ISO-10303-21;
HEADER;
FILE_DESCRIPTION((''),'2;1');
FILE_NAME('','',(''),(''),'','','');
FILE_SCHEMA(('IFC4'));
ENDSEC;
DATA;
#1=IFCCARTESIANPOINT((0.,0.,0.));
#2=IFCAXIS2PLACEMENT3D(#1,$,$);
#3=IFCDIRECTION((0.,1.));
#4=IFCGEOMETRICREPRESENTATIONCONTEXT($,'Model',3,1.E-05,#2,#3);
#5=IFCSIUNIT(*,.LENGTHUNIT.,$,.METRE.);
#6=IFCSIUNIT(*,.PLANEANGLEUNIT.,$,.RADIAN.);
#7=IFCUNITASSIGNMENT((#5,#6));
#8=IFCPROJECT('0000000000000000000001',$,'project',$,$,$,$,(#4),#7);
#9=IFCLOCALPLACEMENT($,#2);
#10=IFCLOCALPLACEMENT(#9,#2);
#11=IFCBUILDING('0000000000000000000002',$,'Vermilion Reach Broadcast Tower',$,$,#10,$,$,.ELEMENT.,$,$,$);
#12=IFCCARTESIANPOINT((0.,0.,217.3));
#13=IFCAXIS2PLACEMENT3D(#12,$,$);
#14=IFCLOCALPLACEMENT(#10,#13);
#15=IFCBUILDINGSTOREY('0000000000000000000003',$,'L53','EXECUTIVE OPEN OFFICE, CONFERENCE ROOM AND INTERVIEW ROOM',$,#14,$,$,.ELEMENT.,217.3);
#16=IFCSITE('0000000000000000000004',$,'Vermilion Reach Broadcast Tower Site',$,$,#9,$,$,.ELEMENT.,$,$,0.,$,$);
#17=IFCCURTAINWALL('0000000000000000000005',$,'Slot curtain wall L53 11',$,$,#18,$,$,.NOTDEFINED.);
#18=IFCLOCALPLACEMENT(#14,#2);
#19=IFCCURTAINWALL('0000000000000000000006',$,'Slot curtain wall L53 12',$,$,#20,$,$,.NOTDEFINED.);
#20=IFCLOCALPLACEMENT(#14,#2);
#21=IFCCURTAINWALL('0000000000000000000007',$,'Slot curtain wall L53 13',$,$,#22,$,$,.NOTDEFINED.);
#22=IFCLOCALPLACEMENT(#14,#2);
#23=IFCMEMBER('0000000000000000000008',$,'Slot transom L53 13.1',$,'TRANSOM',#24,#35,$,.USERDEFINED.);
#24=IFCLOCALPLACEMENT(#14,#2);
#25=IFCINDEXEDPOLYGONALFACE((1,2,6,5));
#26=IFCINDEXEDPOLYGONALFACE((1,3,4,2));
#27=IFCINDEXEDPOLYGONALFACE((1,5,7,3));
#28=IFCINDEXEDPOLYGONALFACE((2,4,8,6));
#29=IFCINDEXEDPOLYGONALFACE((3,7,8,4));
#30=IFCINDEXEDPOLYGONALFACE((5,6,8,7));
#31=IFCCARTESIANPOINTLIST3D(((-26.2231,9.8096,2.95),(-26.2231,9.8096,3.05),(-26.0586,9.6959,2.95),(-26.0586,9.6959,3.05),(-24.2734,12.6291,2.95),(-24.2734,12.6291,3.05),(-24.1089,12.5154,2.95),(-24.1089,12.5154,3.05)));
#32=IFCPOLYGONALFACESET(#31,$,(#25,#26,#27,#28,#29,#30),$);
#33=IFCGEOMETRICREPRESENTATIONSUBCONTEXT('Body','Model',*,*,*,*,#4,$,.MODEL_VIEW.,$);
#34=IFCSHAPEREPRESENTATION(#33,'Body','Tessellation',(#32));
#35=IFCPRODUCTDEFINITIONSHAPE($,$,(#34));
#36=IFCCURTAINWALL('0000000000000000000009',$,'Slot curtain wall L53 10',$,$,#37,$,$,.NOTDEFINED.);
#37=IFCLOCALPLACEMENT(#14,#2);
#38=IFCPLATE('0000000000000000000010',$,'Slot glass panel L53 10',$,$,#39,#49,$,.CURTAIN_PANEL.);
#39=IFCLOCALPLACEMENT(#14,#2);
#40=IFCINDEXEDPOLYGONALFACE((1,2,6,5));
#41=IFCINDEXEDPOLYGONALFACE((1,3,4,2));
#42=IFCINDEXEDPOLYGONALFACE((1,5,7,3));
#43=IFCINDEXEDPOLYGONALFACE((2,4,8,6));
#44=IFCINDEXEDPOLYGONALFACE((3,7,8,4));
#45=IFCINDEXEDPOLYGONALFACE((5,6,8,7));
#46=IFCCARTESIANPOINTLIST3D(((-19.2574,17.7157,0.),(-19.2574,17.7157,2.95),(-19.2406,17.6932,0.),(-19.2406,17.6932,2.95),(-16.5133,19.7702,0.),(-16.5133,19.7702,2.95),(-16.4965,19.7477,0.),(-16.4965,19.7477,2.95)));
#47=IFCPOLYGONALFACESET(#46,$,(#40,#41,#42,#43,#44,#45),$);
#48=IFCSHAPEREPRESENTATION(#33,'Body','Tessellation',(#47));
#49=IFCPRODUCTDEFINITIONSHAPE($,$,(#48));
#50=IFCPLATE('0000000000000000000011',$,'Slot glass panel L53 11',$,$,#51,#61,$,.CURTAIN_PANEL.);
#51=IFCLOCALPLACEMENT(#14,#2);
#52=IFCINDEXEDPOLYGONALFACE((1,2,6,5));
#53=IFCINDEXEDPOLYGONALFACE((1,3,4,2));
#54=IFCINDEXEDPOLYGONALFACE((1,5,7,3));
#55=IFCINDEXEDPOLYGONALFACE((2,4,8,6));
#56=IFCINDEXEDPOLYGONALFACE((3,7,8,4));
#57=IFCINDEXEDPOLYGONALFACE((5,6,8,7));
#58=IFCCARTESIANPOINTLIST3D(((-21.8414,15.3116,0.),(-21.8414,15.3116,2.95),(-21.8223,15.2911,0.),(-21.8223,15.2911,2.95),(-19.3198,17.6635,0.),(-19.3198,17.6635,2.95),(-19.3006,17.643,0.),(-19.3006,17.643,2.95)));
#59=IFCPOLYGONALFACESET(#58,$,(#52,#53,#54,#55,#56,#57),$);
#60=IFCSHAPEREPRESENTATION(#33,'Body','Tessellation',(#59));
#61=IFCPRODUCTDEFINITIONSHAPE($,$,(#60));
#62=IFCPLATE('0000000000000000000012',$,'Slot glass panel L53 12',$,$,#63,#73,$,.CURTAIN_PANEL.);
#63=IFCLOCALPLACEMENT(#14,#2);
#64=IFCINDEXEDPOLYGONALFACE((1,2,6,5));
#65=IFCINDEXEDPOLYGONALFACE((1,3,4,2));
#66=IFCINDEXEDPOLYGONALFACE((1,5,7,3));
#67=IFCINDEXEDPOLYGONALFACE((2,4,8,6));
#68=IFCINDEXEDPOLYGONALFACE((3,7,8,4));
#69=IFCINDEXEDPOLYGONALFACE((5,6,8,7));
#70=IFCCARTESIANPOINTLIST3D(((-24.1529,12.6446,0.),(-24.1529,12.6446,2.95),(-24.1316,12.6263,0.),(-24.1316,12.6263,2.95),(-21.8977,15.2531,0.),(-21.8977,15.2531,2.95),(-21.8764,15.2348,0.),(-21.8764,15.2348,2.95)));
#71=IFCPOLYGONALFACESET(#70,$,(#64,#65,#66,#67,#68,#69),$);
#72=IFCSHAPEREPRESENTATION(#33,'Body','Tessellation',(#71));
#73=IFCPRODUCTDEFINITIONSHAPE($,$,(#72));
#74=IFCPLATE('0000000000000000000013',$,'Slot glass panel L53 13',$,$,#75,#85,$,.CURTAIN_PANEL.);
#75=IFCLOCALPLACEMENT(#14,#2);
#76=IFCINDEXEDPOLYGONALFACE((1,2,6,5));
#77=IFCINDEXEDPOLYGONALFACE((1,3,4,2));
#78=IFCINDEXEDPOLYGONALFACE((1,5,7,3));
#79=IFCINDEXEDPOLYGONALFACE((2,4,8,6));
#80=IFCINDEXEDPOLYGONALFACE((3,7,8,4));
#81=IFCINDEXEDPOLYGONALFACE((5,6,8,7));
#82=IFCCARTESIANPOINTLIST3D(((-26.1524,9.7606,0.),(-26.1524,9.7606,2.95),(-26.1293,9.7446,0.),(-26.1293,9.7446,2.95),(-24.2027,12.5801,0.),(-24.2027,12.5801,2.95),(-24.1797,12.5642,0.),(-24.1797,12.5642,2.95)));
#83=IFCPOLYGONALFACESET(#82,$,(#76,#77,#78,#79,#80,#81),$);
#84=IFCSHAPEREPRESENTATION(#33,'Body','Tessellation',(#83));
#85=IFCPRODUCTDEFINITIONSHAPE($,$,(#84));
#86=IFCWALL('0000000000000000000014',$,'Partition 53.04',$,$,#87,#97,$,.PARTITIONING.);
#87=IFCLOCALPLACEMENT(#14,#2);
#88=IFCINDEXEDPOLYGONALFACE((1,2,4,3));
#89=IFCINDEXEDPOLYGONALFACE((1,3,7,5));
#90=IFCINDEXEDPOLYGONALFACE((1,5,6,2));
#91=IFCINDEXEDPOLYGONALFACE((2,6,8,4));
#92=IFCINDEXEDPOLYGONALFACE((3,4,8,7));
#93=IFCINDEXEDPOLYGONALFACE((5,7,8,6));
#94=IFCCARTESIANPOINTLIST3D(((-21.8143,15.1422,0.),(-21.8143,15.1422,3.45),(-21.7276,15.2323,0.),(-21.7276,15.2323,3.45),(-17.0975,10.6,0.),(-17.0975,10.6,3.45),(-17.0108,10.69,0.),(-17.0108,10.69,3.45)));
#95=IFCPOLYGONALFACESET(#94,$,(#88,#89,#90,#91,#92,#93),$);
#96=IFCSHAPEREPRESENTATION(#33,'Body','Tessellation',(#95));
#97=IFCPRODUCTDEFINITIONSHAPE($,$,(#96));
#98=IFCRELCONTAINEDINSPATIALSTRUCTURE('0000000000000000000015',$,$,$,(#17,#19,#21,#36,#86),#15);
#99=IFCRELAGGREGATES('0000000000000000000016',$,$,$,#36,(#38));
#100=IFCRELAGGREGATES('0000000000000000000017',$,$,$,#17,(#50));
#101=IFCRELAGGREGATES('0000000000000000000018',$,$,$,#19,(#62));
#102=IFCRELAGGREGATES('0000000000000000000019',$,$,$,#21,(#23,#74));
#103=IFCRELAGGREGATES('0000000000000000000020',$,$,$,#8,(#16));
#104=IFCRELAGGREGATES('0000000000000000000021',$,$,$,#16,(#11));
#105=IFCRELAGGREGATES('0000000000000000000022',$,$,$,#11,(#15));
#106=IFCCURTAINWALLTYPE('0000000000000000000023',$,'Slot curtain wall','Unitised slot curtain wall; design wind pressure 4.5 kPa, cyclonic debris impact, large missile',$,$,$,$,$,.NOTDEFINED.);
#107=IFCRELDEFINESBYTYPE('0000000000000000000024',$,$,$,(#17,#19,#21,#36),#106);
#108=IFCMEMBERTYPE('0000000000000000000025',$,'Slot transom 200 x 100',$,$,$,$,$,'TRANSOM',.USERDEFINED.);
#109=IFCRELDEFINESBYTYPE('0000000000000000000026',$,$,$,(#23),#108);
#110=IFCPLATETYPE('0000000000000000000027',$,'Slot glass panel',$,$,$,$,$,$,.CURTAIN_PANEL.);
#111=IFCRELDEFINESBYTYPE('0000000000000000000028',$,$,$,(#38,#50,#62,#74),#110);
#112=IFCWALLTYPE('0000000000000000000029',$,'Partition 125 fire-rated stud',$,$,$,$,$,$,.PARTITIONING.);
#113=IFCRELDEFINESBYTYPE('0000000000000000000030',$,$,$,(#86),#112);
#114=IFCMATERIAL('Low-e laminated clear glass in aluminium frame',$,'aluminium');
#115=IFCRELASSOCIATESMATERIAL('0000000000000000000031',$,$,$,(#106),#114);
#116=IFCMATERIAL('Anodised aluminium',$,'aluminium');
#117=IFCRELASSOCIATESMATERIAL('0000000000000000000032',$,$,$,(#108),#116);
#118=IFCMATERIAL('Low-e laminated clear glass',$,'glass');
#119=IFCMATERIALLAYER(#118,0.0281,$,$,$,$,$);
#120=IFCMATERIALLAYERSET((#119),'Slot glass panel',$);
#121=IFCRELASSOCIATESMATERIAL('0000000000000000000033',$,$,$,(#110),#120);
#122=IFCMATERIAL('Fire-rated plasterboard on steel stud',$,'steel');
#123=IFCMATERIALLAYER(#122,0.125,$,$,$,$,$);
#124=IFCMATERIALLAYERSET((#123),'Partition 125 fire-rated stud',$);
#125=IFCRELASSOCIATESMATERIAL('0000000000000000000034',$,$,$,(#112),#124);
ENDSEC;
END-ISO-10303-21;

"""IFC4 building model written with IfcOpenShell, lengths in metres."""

from ifc_helpers import new_model, si_unit, direction, frame, frame_2d, origin, origin_2d, place, context, subcontext, project, spatial, rectangle, extrude, material, layer, layer_set, material_profile, profile_set, type_object, element, aggregate, save


model = new_model("IFC4")

# Units and contexts
model_context = context("Model", 3, precision=1e-05, world=origin(), true_north=direction((0.0, 1.0)))
body_context = subcontext(model_context, "Body", "Model", "MODEL_VIEW")
ifc_project = project(units=[si_unit("LENGTHUNIT", "METRE"), si_unit("PLANEANGLEUNIT", "RADIAN")], contexts=[model_context])

# Site, building, storey
site_placement = place(None, origin())
site = spatial("IfcSite", under=ifc_project, at=site_placement, Name="Vermilion Reach Broadcast Tower Site", CompositionType="ELEMENT", RefElevation=0.0)
building_placement = place(site_placement, origin())
building = spatial("IfcBuilding", under=site, at=building_placement, Name="Vermilion Reach Broadcast Tower", CompositionType="ELEMENT")
storey_placement = place(building_placement, frame((0.0, 0.0, 217.3)))
storey = spatial("IfcBuildingStorey", under=building, at=storey_placement, Name="L53", Description="EXECUTIVE OPEN OFFICE, CONFERENCE ROOM AND INTERVIEW ROOM", CompositionType="ELEMENT", Elevation=217.3)

# Curtain walls
ifc_material_1 = material(Name="Low-e laminated clear glass in aluminium frame", Category="aluminium")
curtain_wall_type = type_object("IfcCurtainWallType", Name="Slot curtain wall", Description="Unitised slot curtain wall; design wind pressure 4.5 kPa, cyclonic debris impact, large missile", PredefinedType="NOTDEFINED", material=ifc_material_1)
placement = place(storey_placement, origin())
curtain_wall_1 = element("IfcCurtainWall", 1, at=placement, inside=storey, type_object=curtain_wall_type, Name="Slot curtain wall L53 11", PredefinedType="NOTDEFINED")
curtain_wall_2 = element("IfcCurtainWall", 2, at=placement, inside=storey, type_object=curtain_wall_type, Name="Slot curtain wall L53 12", PredefinedType="NOTDEFINED")
curtain_wall_3 = element("IfcCurtainWall", 3, at=placement, inside=storey, type_object=curtain_wall_type, Name="Slot curtain wall L53 13", PredefinedType="NOTDEFINED")

# Member
ifc_material_2 = material(Name="Anodised aluminium", Category="aluminium")
ifc_material_profile_1 = material_profile(ifc_material_2, rectangle(XDim=0.2, YDim=0.1001, at=origin_2d()), Name="Slot transom 200 x 100")
ifc_profile_set_1 = profile_set([ifc_material_profile_1], Name="Anodised aluminium")
member_type_1 = type_object("IfcMemberType", Name="Slot transom 200 x 100", ElementType="TRANSOM", PredefinedType="USERDEFINED", material=ifc_profile_set_1)
member_1_placement = place(storey_placement, frame((-24.1912, 12.5723, 3.0), z_axis=(-0.568754, -0.822507, 0.0), x_axis=(0.822507, -0.568754, 0.0)))
member_1 = element("IfcMember", 4, at=member_1_placement, type_object=member_type_1, Name="Slot transom L53 13.1", ObjectType="TRANSOM", PredefinedType="USERDEFINED", context=body_context, shape_type="SweptSolid", body=[
    extrude(rectangle(XDim=0.2, YDim=0.1001, at=origin_2d()), origin(), (0.0, 0.0, 1.0), 3.428),
])

# Curtain wall, plate
curtain_wall_4 = element("IfcCurtainWall", 5, at=placement, inside=storey, type_object=curtain_wall_type, Name="Slot curtain wall L53 10", PredefinedType="NOTDEFINED")
ifc_material_3 = material(Name="Low-e laminated clear glass", Category="glass")
ifc_layer_1 = layer(ifc_material_3, 0.0281)
ifc_layer_set_1 = layer_set([ifc_layer_1], Name="Slot glass panel")
plate_type = type_object("IfcPlateType", Name="Slot glass panel", PredefinedType="CURTAIN_PANEL", material=ifc_layer_set_1)
plate_1_placement = place(storey_placement, frame((-17.877, 18.7317, 0.0), z_axis=(0.0, 0.0, 1.0), x_axis=(-0.800497, -0.599337, 0.0)))
plate_1 = element("IfcPlate", 6, at=plate_1_placement, type_object=plate_type, Name="Slot glass panel L53 10", PredefinedType="CURTAIN_PANEL", context=body_context, shape_type="SweptSolid", body=[
    extrude(rectangle(XDim=3.428, YDim=0.0281, at=origin_2d()), origin(), (0.0, 0.0, 1.0), 2.95),
])
aggregate(curtain_wall_4, [plate_1])

# Plates
plate_2_placement = place(storey_placement, frame((-20.571, 16.4773, 0.0), z_axis=(0.0, 0.0, 1.0), x_axis=(-0.731286, -0.682071, 0.0)))
plate_2 = element("IfcPlate", 7, at=plate_2_placement, type_object=plate_type, Name="Slot glass panel L53 11", PredefinedType="CURTAIN_PANEL", context=body_context, shape_type="SweptSolid", body=[
    extrude(rectangle(XDim=3.4482, YDim=0.0281, at=origin_2d()), origin(), (0.0, 0.0, 1.0), 2.95),
])
aggregate(curtain_wall_1, [plate_2])
plate_3_placement = place(storey_placement, frame((-23.0146, 13.9397, 0.0), z_axis=(0.0, 0.0, 1.0), x_axis=(-0.654024, -0.756474, 0.0)))
plate_3 = element("IfcPlate", 8, at=plate_3_placement, type_object=plate_type, Name="Slot glass panel L53 12", PredefinedType="CURTAIN_PANEL", context=body_context, shape_type="SweptSolid", body=[
    extrude(rectangle(XDim=3.4482, YDim=0.0281, at=origin_2d()), origin(), (0.0, 0.0, 1.0), 2.95),
])
aggregate(curtain_wall_2, [plate_3])
plate_4_placement = place(storey_placement, frame((-25.166, 11.1624, 0.0), z_axis=(0.0, 0.0, 1.0), x_axis=(-0.568741, -0.822517, 0.0)))
plate_4 = element("IfcPlate", 9, at=plate_4_placement, type_object=plate_type, Name="Slot glass panel L53 13", PredefinedType="CURTAIN_PANEL", context=body_context, shape_type="SweptSolid", body=[
    extrude(rectangle(XDim=3.428, YDim=0.0281, at=origin_2d()), origin(), (0.0, 0.0, 1.0), 2.95),
])
aggregate(curtain_wall_3, [member_1, plate_4])

# Wall
ifc_material_4 = material(Name="Fire-rated plasterboard on steel stud", Category="steel")
ifc_layer_2 = layer(ifc_material_4, 0.125)
ifc_layer_set_2 = layer_set([ifc_layer_2], Name="Partition 125 fire-rated stud")
wall_type = type_object("IfcWallType", Name="Partition 125 fire-rated stud", PredefinedType="PARTITIONING", material=ifc_layer_set_2)
wall_placement = place(storey_placement, frame((-21.771, 15.1873, 0.0), z_axis=(0.0, 0.0, 1.0), x_axis=(0.72031, -0.693652, 0.0)))
element("IfcWall", 10, at=wall_placement, inside=storey, type_object=wall_type, Name="Partition 53.04", PredefinedType="PARTITIONING", context=body_context, shape_type="SweptSolid", body=[
    extrude(rectangle(XDim=6.5483, YDim=0.125, at=frame_2d((3.2742, 0.0))), origin(), (0.0, 0.0, 1.0), 3.45),
])

save(model, "model.ifc")
